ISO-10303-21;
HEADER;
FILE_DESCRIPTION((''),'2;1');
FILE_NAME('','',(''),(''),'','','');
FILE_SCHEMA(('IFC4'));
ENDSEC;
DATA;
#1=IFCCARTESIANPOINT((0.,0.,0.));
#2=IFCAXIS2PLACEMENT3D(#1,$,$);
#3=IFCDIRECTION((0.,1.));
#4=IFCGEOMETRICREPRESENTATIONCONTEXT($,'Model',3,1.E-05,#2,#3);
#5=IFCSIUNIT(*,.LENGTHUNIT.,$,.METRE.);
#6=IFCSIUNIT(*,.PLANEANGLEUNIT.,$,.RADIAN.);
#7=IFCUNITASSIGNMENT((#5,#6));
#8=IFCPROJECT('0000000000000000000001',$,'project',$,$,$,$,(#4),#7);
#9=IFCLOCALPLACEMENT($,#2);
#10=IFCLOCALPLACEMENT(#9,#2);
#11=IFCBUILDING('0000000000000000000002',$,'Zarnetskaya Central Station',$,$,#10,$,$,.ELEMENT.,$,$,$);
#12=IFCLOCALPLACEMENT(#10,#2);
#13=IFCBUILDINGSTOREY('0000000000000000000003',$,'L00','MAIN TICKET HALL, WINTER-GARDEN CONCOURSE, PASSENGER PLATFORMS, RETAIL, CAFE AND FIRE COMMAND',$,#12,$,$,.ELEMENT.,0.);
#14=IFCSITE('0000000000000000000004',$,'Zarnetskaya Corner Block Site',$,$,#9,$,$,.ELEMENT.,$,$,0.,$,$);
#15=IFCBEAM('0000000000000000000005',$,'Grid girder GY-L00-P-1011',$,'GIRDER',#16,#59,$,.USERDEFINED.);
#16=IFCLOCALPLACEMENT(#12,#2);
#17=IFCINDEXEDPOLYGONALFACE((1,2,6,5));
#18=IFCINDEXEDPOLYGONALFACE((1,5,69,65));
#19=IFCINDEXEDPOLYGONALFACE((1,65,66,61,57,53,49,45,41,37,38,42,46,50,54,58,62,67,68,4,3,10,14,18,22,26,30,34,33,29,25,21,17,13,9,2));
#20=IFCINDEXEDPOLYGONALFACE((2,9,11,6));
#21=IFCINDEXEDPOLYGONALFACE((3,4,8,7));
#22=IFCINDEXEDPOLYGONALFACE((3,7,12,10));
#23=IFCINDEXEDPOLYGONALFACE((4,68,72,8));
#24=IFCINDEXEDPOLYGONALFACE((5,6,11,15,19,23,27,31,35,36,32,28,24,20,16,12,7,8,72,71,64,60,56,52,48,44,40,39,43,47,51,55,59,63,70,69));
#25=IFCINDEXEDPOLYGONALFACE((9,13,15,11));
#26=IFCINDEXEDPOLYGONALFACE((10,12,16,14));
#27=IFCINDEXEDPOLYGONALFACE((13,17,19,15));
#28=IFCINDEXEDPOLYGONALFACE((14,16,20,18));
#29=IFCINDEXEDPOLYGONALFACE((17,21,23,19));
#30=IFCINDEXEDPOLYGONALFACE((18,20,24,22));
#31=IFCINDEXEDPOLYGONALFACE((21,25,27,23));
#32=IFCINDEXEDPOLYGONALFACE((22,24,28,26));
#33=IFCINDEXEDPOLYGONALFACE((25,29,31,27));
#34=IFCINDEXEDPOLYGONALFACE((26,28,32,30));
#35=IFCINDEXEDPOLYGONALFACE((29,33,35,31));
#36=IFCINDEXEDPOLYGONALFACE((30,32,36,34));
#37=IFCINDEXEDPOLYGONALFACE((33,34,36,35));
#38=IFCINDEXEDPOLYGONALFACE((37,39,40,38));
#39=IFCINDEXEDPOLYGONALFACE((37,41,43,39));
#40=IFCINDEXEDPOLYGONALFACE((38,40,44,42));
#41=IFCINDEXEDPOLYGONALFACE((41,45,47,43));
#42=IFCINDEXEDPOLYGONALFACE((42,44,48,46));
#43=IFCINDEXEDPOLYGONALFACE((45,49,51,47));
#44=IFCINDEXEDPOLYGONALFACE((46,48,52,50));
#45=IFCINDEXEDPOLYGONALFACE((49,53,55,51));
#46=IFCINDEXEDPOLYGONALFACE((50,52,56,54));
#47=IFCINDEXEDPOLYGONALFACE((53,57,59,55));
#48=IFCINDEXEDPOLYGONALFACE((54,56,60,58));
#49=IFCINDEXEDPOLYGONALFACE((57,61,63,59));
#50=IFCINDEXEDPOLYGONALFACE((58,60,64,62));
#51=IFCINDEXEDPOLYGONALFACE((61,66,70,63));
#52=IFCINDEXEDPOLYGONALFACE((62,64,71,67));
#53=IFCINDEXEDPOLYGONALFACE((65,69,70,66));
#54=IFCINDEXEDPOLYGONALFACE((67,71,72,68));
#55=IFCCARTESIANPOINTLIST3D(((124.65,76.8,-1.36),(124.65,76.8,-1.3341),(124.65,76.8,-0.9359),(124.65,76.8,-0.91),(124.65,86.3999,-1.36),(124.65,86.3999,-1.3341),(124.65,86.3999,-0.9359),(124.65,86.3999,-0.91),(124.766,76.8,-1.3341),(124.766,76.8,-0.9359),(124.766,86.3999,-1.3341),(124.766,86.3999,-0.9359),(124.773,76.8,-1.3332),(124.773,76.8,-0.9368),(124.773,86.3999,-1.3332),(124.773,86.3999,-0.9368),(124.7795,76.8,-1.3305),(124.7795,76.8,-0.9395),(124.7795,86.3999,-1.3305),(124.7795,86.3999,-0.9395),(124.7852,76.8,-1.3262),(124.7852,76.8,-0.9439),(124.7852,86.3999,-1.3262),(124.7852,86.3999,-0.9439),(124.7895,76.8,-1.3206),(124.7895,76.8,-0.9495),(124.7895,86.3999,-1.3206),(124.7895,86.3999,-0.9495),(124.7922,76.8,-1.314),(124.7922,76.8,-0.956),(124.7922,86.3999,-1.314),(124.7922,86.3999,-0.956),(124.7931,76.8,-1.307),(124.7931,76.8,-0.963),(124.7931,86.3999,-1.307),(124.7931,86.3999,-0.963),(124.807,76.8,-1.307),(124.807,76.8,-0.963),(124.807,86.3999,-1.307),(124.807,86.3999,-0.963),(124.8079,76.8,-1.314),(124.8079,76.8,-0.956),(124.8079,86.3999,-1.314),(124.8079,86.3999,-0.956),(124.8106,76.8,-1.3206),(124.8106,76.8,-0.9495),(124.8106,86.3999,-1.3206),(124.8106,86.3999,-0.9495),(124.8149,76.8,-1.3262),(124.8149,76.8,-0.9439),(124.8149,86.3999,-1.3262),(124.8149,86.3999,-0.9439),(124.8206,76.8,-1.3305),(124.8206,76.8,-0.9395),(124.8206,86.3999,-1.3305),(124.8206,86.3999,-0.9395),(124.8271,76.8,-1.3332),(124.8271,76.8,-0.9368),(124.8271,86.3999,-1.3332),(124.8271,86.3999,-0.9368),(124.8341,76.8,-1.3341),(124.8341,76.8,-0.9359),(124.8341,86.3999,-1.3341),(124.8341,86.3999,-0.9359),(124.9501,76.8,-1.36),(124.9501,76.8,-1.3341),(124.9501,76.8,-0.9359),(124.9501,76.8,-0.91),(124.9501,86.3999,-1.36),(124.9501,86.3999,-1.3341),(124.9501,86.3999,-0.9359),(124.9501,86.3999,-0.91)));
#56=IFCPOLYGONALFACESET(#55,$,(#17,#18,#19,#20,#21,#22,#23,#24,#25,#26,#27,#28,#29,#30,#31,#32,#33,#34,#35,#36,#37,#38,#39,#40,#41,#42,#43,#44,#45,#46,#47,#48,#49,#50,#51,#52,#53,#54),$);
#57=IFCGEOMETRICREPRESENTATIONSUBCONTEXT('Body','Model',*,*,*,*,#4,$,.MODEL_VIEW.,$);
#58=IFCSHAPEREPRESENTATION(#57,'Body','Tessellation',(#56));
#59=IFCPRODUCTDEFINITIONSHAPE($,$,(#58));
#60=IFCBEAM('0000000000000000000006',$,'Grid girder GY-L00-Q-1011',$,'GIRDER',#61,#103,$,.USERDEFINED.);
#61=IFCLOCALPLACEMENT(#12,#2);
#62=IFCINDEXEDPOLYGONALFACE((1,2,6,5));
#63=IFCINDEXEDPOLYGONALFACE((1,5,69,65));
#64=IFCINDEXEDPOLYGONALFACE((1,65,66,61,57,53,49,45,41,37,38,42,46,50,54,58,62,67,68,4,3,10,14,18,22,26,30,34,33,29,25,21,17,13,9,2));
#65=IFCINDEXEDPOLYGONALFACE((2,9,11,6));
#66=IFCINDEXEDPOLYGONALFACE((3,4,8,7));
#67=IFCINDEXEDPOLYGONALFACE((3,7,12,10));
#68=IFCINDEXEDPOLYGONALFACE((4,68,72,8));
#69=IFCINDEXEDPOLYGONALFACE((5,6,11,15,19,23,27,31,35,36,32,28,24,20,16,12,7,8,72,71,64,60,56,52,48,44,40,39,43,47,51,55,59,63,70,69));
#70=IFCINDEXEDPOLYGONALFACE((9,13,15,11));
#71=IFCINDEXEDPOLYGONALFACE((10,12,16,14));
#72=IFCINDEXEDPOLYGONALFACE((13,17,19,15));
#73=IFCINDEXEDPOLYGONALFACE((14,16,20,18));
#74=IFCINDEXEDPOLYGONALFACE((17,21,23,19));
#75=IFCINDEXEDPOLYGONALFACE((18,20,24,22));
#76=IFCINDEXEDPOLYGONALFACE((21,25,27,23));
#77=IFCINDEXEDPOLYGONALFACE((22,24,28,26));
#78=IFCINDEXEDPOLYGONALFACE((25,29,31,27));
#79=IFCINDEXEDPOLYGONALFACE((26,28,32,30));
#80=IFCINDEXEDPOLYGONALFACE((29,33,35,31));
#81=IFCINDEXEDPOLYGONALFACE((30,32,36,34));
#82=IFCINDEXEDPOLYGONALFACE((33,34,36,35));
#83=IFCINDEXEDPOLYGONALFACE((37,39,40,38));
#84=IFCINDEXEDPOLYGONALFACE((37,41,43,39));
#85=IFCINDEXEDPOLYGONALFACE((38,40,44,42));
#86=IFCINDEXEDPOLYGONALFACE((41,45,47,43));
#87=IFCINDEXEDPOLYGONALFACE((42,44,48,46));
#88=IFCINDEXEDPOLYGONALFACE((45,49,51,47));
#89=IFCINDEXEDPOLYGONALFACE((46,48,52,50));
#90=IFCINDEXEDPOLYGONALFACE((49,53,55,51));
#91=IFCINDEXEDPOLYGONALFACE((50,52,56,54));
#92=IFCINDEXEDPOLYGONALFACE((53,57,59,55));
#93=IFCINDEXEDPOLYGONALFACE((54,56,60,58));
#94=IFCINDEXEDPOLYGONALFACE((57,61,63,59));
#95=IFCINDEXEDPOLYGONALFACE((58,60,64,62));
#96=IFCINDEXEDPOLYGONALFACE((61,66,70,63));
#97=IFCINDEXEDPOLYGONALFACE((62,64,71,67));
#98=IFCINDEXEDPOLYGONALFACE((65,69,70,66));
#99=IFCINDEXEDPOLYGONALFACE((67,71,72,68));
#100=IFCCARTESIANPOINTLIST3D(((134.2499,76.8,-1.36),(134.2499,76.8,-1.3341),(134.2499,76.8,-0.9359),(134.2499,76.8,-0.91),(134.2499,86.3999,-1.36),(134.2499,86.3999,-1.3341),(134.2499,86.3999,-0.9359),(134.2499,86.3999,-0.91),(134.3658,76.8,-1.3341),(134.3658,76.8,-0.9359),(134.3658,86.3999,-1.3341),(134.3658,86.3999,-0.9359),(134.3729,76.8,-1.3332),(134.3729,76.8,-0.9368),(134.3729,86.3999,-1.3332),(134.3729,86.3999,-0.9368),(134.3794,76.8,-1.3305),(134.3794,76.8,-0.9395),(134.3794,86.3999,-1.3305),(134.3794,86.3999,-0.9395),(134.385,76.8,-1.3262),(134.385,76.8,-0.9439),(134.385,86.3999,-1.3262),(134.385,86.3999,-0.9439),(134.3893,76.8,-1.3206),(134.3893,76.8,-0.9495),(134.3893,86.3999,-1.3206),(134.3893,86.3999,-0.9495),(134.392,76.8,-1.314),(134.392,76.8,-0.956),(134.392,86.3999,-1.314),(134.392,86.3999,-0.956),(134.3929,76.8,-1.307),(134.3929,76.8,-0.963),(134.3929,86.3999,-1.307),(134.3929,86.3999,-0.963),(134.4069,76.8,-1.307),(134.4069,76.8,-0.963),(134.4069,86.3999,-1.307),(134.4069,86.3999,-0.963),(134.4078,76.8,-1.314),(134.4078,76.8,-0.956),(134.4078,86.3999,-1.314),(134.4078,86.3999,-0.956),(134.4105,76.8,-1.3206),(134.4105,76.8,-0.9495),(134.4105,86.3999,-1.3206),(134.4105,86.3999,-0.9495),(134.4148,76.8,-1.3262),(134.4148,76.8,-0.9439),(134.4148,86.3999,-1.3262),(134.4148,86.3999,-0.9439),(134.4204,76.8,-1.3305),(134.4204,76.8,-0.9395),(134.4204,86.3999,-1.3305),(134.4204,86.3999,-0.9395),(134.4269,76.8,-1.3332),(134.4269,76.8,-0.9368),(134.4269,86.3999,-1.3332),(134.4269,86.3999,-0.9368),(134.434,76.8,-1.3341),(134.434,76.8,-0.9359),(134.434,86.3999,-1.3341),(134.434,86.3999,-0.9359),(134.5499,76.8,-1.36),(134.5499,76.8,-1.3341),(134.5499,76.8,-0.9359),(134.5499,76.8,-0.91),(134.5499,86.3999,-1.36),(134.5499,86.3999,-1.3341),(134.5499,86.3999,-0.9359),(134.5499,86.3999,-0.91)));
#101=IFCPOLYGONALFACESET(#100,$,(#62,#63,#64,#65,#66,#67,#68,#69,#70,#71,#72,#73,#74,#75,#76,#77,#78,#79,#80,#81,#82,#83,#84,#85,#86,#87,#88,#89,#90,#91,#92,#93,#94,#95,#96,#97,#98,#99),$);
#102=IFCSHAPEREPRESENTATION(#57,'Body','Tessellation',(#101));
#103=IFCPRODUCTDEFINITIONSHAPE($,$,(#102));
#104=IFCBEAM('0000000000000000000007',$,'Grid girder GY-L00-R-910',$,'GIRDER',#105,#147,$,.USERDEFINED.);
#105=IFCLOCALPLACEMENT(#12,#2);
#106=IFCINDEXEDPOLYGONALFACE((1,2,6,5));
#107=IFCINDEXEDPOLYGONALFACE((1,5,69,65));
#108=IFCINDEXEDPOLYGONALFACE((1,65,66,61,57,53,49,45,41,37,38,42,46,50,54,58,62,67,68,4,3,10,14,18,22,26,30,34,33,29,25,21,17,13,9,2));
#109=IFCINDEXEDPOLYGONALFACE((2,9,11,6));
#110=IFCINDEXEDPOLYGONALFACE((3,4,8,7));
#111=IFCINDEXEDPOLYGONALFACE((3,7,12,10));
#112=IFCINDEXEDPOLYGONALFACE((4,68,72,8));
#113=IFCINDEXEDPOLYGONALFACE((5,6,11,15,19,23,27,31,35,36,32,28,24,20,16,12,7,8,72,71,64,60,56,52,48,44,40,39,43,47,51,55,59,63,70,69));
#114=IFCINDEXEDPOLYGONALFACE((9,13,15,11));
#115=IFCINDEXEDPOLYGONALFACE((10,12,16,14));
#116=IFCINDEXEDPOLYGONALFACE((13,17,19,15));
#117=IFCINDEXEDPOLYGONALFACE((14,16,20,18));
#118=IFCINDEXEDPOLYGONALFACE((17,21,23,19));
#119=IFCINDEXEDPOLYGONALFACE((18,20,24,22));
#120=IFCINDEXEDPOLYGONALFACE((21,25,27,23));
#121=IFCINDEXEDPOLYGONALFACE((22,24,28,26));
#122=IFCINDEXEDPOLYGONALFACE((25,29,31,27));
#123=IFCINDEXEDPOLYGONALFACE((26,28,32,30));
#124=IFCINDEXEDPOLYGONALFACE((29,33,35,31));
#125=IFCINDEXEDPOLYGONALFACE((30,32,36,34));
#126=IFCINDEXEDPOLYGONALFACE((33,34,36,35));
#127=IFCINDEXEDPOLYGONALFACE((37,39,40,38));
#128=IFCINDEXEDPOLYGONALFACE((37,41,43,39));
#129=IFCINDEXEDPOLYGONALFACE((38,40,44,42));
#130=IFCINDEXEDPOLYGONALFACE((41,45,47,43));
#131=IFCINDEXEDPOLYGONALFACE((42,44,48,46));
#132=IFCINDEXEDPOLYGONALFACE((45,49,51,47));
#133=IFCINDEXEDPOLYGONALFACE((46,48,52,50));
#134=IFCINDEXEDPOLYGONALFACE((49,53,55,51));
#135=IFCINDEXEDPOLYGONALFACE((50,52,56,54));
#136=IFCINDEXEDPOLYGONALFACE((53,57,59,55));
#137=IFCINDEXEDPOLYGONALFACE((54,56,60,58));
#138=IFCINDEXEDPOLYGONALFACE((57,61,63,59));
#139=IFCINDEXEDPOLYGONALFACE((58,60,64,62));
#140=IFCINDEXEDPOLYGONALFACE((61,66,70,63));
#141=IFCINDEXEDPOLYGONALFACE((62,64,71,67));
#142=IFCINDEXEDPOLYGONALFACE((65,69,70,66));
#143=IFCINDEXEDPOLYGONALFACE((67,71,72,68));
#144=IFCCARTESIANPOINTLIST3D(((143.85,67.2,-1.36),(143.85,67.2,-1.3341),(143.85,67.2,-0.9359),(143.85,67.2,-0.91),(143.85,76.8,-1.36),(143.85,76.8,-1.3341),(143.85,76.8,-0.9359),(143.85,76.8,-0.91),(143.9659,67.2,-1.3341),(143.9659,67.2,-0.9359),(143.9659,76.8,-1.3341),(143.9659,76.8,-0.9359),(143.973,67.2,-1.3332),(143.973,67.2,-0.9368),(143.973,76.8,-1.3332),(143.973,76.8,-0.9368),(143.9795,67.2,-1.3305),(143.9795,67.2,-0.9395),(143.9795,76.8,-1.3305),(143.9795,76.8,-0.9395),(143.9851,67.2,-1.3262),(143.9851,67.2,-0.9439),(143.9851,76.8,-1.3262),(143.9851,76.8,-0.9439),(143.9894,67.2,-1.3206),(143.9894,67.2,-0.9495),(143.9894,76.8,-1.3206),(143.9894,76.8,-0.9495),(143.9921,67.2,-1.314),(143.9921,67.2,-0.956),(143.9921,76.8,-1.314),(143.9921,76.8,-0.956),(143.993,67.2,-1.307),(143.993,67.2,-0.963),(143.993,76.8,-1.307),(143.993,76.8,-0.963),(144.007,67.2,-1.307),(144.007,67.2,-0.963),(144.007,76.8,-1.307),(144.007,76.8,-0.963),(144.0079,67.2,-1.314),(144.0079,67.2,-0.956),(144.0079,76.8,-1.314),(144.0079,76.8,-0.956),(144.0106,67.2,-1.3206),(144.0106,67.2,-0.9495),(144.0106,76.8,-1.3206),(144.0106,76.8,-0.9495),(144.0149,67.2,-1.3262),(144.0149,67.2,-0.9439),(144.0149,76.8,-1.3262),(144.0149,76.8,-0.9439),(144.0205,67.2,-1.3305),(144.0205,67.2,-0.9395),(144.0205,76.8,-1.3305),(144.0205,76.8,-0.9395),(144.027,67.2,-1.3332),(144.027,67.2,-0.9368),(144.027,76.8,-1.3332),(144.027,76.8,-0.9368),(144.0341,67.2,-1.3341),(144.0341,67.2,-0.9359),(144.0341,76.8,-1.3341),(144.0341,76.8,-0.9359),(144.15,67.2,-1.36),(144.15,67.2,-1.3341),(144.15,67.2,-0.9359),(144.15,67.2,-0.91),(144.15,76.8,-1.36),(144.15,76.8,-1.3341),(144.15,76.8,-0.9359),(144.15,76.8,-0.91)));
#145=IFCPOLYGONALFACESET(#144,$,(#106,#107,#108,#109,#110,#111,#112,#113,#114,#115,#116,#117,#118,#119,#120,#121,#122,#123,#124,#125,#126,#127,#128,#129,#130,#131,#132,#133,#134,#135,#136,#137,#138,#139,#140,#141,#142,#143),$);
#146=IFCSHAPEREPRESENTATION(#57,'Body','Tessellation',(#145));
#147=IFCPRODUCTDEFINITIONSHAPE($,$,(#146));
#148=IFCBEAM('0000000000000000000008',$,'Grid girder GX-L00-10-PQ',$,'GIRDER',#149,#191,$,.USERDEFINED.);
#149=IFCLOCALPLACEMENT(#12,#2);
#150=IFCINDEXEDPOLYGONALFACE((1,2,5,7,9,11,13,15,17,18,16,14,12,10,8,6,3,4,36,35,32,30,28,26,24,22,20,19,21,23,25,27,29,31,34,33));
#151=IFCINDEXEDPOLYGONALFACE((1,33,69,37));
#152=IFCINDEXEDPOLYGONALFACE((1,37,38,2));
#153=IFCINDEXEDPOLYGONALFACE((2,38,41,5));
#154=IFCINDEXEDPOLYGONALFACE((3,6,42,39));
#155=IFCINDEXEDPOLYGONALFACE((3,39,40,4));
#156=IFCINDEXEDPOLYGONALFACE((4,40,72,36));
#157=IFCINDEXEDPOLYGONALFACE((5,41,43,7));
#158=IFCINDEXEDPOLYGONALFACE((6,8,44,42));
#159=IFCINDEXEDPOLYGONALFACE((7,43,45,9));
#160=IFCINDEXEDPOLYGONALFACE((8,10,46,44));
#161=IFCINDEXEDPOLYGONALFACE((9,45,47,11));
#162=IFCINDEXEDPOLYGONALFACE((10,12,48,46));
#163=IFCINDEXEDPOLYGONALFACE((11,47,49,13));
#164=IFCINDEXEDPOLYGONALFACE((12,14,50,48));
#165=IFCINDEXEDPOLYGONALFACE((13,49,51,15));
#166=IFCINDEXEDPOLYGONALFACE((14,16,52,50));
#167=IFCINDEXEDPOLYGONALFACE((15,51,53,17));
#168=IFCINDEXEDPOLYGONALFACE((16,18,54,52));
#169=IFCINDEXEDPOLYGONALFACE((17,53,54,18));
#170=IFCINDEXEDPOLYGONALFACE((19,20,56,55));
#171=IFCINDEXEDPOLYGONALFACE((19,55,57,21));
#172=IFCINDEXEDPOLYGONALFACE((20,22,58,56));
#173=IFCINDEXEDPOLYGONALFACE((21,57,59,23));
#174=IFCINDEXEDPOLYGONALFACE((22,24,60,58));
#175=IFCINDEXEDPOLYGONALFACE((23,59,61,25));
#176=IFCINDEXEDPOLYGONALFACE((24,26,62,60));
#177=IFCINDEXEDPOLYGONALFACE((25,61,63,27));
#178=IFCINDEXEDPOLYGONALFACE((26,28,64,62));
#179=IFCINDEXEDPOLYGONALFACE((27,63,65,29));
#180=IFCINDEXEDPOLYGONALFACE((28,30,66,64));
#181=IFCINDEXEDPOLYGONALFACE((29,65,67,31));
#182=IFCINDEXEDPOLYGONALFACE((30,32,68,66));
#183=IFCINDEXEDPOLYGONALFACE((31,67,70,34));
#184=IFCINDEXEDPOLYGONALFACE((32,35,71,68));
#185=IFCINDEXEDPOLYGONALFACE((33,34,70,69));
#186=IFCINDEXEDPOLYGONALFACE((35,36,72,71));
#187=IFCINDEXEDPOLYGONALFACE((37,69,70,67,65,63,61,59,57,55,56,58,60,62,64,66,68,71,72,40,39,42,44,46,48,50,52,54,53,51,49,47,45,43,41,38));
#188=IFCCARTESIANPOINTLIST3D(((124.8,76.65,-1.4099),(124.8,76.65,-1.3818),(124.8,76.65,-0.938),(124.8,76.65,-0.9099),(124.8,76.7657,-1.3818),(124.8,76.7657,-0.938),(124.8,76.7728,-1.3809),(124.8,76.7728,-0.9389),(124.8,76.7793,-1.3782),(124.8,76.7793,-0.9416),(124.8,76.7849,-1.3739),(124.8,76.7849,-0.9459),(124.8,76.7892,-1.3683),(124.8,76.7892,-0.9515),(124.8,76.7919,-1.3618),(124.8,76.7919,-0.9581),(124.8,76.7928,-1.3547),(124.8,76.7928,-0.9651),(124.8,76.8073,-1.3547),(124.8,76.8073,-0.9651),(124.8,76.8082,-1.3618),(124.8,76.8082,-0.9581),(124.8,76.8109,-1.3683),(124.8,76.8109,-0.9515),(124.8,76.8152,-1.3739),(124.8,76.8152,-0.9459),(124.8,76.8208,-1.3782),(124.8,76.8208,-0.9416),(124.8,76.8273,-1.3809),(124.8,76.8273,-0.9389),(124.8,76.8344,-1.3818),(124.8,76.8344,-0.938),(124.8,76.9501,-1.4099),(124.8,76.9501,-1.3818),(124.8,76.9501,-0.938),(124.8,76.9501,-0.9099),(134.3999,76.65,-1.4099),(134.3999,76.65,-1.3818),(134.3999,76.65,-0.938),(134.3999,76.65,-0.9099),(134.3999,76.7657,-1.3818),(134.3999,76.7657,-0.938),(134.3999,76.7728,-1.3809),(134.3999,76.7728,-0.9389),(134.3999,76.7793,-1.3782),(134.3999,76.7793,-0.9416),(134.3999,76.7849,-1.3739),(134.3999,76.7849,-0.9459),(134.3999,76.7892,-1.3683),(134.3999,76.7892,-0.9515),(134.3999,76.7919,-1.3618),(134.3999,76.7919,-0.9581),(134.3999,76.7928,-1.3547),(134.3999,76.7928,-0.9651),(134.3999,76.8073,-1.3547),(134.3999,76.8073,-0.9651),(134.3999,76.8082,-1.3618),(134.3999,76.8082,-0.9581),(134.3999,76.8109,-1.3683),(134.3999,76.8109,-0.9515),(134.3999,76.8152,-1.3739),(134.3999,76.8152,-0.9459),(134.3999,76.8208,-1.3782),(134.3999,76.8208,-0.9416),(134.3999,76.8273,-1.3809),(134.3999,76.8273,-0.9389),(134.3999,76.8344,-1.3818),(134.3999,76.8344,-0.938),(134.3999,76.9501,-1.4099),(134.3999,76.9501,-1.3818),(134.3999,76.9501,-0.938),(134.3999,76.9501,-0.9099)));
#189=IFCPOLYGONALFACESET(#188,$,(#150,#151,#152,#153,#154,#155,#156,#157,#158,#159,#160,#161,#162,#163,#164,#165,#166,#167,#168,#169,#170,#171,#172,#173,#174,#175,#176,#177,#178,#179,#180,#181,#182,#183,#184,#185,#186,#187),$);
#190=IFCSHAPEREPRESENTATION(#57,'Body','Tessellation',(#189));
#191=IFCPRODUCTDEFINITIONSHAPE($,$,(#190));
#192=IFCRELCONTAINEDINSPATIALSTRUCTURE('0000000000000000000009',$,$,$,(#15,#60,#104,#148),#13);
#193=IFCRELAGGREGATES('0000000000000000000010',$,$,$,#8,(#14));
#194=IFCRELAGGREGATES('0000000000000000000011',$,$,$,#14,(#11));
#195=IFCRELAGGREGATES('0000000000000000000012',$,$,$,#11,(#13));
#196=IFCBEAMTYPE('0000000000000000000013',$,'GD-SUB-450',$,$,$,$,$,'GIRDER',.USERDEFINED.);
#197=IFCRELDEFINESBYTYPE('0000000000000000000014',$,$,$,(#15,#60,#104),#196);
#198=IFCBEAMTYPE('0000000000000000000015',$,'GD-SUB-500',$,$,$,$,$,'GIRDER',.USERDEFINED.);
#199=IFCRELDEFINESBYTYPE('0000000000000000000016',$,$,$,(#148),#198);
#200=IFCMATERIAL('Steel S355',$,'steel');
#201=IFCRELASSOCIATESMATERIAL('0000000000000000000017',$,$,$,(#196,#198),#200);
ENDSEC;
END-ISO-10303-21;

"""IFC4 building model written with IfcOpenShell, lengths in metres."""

from ifc_helpers import new_model, si_unit, direction, frame, origin, origin_2d, place, context, subcontext, project, spatial, i_section, extrude, material, material_profile, profile_set, type_object, element, save


model = new_model("IFC4")

# Units and contexts
model_context = context("Model", 3, precision=1e-05, world=origin(), true_north=direction((0.0, 1.0)))
body_context = subcontext(model_context, "Body", "Model", "MODEL_VIEW")
ifc_project = project(units=[si_unit("LENGTHUNIT", "METRE"), si_unit("PLANEANGLEUNIT", "RADIAN")], contexts=[model_context])

# Site, building, storey
site_placement = place(None, origin())
site = spatial("IfcSite", under=ifc_project, at=site_placement, Name="Zarnetskaya Corner Block Site", CompositionType="ELEMENT", RefElevation=0.0)
building_placement = place(site_placement, origin())
building = spatial("IfcBuilding", under=site, at=building_placement, Name="Zarnetskaya Central Station", CompositionType="ELEMENT")
storey_placement = place(building_placement, origin())
storey = spatial("IfcBuildingStorey", under=building, at=storey_placement, Name="L00", Description="MAIN TICKET HALL, WINTER-GARDEN CONCOURSE, PASSENGER PLATFORMS, RETAIL, CAFE AND FIRE COMMAND", CompositionType="ELEMENT", Elevation=0.0)

# Shared definitions
ifc_material = material(Name="Steel S355", Category="steel")

# Beams
ifc_material_profile_1 = material_profile(ifc_material, i_section(OverallWidth=0.3, OverallDepth=0.45, WebThickness=0.0139, FlangeThickness=0.0259, FilletRadius=0.0271, at=origin_2d()), Name="HEB 450")
ifc_profile_set_1 = profile_set([ifc_material_profile_1], Name="Steel S355")
beam_type_1 = type_object("IfcBeamType", Name="GD-SUB-450", ElementType="GIRDER", PredefinedType="USERDEFINED", material=ifc_profile_set_1)
for number, where, z_axis, x_axis, name in (
    (1, (124.8, 76.8, -1.135), (0.0, 1.0, 0.0), (-1.0, 0.0, 0.0), "Grid girder GY-L00-P-1011"),
    (2, (134.3999, 76.8, -1.135), (0.0, 1.0, 0.0), (-1.0, 0.0, 0.0), "Grid girder GY-L00-Q-1011"),
):
    element("IfcBeam", number, at=place(storey_placement, frame(where, z_axis=z_axis, x_axis=x_axis)), inside=storey, type_object=beam_type_1, Name=name, ObjectType="GIRDER", PredefinedType="USERDEFINED", context=body_context, shape_type="SweptSolid", body=[
        extrude(i_section(OverallWidth=0.3, OverallDepth=0.45, WebThickness=0.0139, FlangeThickness=0.0259, FilletRadius=0.0271, at=origin_2d()), origin(), (0.0, 0.0, 1.0), 9.5999),
    ])
beam_1_placement = place(storey_placement, frame((144.0, 67.2, -1.135), z_axis=(0.0, 1.0, 0.0), x_axis=(-1.0, 0.0, 0.0)))
element("IfcBeam", 3, at=beam_1_placement, inside=storey, type_object=beam_type_1, Name="Grid girder GY-L00-R-910", ObjectType="GIRDER", PredefinedType="USERDEFINED", context=body_context, shape_type="SweptSolid", body=[
    extrude(i_section(OverallWidth=0.3, OverallDepth=0.45, WebThickness=0.0139, FlangeThickness=0.0259, FilletRadius=0.0271, at=origin_2d()), origin(), (0.0, 0.0, 1.0), 9.6001),
])
ifc_material_profile_2 = material_profile(ifc_material, i_section(OverallWidth=0.3, OverallDepth=0.5, WebThickness=0.0144, FlangeThickness=0.0281, FilletRadius=0.0271, at=origin_2d()), Name="HEB 500")
ifc_profile_set_2 = profile_set([ifc_material_profile_2], Name="Steel S355")
beam_type_2 = type_object("IfcBeamType", Name="GD-SUB-500", ElementType="GIRDER", PredefinedType="USERDEFINED", material=ifc_profile_set_2)
beam_2_placement = place(storey_placement, frame((124.8, 76.8, -1.1599), z_axis=(1.0, 0.0, 0.0), x_axis=(0.0, 1.0, 0.0)))
element("IfcBeam", 4, at=beam_2_placement, inside=storey, type_object=beam_type_2, Name="Grid girder GX-L00-10-PQ", ObjectType="GIRDER", PredefinedType="USERDEFINED", context=body_context, shape_type="SweptSolid", body=[
    extrude(i_section(OverallWidth=0.3, OverallDepth=0.5, WebThickness=0.0144, FlangeThickness=0.0281, FilletRadius=0.0271, at=origin_2d()), origin(), (0.0, 0.0, 1.0), 9.5999),
])

save(model, "model.ifc")
